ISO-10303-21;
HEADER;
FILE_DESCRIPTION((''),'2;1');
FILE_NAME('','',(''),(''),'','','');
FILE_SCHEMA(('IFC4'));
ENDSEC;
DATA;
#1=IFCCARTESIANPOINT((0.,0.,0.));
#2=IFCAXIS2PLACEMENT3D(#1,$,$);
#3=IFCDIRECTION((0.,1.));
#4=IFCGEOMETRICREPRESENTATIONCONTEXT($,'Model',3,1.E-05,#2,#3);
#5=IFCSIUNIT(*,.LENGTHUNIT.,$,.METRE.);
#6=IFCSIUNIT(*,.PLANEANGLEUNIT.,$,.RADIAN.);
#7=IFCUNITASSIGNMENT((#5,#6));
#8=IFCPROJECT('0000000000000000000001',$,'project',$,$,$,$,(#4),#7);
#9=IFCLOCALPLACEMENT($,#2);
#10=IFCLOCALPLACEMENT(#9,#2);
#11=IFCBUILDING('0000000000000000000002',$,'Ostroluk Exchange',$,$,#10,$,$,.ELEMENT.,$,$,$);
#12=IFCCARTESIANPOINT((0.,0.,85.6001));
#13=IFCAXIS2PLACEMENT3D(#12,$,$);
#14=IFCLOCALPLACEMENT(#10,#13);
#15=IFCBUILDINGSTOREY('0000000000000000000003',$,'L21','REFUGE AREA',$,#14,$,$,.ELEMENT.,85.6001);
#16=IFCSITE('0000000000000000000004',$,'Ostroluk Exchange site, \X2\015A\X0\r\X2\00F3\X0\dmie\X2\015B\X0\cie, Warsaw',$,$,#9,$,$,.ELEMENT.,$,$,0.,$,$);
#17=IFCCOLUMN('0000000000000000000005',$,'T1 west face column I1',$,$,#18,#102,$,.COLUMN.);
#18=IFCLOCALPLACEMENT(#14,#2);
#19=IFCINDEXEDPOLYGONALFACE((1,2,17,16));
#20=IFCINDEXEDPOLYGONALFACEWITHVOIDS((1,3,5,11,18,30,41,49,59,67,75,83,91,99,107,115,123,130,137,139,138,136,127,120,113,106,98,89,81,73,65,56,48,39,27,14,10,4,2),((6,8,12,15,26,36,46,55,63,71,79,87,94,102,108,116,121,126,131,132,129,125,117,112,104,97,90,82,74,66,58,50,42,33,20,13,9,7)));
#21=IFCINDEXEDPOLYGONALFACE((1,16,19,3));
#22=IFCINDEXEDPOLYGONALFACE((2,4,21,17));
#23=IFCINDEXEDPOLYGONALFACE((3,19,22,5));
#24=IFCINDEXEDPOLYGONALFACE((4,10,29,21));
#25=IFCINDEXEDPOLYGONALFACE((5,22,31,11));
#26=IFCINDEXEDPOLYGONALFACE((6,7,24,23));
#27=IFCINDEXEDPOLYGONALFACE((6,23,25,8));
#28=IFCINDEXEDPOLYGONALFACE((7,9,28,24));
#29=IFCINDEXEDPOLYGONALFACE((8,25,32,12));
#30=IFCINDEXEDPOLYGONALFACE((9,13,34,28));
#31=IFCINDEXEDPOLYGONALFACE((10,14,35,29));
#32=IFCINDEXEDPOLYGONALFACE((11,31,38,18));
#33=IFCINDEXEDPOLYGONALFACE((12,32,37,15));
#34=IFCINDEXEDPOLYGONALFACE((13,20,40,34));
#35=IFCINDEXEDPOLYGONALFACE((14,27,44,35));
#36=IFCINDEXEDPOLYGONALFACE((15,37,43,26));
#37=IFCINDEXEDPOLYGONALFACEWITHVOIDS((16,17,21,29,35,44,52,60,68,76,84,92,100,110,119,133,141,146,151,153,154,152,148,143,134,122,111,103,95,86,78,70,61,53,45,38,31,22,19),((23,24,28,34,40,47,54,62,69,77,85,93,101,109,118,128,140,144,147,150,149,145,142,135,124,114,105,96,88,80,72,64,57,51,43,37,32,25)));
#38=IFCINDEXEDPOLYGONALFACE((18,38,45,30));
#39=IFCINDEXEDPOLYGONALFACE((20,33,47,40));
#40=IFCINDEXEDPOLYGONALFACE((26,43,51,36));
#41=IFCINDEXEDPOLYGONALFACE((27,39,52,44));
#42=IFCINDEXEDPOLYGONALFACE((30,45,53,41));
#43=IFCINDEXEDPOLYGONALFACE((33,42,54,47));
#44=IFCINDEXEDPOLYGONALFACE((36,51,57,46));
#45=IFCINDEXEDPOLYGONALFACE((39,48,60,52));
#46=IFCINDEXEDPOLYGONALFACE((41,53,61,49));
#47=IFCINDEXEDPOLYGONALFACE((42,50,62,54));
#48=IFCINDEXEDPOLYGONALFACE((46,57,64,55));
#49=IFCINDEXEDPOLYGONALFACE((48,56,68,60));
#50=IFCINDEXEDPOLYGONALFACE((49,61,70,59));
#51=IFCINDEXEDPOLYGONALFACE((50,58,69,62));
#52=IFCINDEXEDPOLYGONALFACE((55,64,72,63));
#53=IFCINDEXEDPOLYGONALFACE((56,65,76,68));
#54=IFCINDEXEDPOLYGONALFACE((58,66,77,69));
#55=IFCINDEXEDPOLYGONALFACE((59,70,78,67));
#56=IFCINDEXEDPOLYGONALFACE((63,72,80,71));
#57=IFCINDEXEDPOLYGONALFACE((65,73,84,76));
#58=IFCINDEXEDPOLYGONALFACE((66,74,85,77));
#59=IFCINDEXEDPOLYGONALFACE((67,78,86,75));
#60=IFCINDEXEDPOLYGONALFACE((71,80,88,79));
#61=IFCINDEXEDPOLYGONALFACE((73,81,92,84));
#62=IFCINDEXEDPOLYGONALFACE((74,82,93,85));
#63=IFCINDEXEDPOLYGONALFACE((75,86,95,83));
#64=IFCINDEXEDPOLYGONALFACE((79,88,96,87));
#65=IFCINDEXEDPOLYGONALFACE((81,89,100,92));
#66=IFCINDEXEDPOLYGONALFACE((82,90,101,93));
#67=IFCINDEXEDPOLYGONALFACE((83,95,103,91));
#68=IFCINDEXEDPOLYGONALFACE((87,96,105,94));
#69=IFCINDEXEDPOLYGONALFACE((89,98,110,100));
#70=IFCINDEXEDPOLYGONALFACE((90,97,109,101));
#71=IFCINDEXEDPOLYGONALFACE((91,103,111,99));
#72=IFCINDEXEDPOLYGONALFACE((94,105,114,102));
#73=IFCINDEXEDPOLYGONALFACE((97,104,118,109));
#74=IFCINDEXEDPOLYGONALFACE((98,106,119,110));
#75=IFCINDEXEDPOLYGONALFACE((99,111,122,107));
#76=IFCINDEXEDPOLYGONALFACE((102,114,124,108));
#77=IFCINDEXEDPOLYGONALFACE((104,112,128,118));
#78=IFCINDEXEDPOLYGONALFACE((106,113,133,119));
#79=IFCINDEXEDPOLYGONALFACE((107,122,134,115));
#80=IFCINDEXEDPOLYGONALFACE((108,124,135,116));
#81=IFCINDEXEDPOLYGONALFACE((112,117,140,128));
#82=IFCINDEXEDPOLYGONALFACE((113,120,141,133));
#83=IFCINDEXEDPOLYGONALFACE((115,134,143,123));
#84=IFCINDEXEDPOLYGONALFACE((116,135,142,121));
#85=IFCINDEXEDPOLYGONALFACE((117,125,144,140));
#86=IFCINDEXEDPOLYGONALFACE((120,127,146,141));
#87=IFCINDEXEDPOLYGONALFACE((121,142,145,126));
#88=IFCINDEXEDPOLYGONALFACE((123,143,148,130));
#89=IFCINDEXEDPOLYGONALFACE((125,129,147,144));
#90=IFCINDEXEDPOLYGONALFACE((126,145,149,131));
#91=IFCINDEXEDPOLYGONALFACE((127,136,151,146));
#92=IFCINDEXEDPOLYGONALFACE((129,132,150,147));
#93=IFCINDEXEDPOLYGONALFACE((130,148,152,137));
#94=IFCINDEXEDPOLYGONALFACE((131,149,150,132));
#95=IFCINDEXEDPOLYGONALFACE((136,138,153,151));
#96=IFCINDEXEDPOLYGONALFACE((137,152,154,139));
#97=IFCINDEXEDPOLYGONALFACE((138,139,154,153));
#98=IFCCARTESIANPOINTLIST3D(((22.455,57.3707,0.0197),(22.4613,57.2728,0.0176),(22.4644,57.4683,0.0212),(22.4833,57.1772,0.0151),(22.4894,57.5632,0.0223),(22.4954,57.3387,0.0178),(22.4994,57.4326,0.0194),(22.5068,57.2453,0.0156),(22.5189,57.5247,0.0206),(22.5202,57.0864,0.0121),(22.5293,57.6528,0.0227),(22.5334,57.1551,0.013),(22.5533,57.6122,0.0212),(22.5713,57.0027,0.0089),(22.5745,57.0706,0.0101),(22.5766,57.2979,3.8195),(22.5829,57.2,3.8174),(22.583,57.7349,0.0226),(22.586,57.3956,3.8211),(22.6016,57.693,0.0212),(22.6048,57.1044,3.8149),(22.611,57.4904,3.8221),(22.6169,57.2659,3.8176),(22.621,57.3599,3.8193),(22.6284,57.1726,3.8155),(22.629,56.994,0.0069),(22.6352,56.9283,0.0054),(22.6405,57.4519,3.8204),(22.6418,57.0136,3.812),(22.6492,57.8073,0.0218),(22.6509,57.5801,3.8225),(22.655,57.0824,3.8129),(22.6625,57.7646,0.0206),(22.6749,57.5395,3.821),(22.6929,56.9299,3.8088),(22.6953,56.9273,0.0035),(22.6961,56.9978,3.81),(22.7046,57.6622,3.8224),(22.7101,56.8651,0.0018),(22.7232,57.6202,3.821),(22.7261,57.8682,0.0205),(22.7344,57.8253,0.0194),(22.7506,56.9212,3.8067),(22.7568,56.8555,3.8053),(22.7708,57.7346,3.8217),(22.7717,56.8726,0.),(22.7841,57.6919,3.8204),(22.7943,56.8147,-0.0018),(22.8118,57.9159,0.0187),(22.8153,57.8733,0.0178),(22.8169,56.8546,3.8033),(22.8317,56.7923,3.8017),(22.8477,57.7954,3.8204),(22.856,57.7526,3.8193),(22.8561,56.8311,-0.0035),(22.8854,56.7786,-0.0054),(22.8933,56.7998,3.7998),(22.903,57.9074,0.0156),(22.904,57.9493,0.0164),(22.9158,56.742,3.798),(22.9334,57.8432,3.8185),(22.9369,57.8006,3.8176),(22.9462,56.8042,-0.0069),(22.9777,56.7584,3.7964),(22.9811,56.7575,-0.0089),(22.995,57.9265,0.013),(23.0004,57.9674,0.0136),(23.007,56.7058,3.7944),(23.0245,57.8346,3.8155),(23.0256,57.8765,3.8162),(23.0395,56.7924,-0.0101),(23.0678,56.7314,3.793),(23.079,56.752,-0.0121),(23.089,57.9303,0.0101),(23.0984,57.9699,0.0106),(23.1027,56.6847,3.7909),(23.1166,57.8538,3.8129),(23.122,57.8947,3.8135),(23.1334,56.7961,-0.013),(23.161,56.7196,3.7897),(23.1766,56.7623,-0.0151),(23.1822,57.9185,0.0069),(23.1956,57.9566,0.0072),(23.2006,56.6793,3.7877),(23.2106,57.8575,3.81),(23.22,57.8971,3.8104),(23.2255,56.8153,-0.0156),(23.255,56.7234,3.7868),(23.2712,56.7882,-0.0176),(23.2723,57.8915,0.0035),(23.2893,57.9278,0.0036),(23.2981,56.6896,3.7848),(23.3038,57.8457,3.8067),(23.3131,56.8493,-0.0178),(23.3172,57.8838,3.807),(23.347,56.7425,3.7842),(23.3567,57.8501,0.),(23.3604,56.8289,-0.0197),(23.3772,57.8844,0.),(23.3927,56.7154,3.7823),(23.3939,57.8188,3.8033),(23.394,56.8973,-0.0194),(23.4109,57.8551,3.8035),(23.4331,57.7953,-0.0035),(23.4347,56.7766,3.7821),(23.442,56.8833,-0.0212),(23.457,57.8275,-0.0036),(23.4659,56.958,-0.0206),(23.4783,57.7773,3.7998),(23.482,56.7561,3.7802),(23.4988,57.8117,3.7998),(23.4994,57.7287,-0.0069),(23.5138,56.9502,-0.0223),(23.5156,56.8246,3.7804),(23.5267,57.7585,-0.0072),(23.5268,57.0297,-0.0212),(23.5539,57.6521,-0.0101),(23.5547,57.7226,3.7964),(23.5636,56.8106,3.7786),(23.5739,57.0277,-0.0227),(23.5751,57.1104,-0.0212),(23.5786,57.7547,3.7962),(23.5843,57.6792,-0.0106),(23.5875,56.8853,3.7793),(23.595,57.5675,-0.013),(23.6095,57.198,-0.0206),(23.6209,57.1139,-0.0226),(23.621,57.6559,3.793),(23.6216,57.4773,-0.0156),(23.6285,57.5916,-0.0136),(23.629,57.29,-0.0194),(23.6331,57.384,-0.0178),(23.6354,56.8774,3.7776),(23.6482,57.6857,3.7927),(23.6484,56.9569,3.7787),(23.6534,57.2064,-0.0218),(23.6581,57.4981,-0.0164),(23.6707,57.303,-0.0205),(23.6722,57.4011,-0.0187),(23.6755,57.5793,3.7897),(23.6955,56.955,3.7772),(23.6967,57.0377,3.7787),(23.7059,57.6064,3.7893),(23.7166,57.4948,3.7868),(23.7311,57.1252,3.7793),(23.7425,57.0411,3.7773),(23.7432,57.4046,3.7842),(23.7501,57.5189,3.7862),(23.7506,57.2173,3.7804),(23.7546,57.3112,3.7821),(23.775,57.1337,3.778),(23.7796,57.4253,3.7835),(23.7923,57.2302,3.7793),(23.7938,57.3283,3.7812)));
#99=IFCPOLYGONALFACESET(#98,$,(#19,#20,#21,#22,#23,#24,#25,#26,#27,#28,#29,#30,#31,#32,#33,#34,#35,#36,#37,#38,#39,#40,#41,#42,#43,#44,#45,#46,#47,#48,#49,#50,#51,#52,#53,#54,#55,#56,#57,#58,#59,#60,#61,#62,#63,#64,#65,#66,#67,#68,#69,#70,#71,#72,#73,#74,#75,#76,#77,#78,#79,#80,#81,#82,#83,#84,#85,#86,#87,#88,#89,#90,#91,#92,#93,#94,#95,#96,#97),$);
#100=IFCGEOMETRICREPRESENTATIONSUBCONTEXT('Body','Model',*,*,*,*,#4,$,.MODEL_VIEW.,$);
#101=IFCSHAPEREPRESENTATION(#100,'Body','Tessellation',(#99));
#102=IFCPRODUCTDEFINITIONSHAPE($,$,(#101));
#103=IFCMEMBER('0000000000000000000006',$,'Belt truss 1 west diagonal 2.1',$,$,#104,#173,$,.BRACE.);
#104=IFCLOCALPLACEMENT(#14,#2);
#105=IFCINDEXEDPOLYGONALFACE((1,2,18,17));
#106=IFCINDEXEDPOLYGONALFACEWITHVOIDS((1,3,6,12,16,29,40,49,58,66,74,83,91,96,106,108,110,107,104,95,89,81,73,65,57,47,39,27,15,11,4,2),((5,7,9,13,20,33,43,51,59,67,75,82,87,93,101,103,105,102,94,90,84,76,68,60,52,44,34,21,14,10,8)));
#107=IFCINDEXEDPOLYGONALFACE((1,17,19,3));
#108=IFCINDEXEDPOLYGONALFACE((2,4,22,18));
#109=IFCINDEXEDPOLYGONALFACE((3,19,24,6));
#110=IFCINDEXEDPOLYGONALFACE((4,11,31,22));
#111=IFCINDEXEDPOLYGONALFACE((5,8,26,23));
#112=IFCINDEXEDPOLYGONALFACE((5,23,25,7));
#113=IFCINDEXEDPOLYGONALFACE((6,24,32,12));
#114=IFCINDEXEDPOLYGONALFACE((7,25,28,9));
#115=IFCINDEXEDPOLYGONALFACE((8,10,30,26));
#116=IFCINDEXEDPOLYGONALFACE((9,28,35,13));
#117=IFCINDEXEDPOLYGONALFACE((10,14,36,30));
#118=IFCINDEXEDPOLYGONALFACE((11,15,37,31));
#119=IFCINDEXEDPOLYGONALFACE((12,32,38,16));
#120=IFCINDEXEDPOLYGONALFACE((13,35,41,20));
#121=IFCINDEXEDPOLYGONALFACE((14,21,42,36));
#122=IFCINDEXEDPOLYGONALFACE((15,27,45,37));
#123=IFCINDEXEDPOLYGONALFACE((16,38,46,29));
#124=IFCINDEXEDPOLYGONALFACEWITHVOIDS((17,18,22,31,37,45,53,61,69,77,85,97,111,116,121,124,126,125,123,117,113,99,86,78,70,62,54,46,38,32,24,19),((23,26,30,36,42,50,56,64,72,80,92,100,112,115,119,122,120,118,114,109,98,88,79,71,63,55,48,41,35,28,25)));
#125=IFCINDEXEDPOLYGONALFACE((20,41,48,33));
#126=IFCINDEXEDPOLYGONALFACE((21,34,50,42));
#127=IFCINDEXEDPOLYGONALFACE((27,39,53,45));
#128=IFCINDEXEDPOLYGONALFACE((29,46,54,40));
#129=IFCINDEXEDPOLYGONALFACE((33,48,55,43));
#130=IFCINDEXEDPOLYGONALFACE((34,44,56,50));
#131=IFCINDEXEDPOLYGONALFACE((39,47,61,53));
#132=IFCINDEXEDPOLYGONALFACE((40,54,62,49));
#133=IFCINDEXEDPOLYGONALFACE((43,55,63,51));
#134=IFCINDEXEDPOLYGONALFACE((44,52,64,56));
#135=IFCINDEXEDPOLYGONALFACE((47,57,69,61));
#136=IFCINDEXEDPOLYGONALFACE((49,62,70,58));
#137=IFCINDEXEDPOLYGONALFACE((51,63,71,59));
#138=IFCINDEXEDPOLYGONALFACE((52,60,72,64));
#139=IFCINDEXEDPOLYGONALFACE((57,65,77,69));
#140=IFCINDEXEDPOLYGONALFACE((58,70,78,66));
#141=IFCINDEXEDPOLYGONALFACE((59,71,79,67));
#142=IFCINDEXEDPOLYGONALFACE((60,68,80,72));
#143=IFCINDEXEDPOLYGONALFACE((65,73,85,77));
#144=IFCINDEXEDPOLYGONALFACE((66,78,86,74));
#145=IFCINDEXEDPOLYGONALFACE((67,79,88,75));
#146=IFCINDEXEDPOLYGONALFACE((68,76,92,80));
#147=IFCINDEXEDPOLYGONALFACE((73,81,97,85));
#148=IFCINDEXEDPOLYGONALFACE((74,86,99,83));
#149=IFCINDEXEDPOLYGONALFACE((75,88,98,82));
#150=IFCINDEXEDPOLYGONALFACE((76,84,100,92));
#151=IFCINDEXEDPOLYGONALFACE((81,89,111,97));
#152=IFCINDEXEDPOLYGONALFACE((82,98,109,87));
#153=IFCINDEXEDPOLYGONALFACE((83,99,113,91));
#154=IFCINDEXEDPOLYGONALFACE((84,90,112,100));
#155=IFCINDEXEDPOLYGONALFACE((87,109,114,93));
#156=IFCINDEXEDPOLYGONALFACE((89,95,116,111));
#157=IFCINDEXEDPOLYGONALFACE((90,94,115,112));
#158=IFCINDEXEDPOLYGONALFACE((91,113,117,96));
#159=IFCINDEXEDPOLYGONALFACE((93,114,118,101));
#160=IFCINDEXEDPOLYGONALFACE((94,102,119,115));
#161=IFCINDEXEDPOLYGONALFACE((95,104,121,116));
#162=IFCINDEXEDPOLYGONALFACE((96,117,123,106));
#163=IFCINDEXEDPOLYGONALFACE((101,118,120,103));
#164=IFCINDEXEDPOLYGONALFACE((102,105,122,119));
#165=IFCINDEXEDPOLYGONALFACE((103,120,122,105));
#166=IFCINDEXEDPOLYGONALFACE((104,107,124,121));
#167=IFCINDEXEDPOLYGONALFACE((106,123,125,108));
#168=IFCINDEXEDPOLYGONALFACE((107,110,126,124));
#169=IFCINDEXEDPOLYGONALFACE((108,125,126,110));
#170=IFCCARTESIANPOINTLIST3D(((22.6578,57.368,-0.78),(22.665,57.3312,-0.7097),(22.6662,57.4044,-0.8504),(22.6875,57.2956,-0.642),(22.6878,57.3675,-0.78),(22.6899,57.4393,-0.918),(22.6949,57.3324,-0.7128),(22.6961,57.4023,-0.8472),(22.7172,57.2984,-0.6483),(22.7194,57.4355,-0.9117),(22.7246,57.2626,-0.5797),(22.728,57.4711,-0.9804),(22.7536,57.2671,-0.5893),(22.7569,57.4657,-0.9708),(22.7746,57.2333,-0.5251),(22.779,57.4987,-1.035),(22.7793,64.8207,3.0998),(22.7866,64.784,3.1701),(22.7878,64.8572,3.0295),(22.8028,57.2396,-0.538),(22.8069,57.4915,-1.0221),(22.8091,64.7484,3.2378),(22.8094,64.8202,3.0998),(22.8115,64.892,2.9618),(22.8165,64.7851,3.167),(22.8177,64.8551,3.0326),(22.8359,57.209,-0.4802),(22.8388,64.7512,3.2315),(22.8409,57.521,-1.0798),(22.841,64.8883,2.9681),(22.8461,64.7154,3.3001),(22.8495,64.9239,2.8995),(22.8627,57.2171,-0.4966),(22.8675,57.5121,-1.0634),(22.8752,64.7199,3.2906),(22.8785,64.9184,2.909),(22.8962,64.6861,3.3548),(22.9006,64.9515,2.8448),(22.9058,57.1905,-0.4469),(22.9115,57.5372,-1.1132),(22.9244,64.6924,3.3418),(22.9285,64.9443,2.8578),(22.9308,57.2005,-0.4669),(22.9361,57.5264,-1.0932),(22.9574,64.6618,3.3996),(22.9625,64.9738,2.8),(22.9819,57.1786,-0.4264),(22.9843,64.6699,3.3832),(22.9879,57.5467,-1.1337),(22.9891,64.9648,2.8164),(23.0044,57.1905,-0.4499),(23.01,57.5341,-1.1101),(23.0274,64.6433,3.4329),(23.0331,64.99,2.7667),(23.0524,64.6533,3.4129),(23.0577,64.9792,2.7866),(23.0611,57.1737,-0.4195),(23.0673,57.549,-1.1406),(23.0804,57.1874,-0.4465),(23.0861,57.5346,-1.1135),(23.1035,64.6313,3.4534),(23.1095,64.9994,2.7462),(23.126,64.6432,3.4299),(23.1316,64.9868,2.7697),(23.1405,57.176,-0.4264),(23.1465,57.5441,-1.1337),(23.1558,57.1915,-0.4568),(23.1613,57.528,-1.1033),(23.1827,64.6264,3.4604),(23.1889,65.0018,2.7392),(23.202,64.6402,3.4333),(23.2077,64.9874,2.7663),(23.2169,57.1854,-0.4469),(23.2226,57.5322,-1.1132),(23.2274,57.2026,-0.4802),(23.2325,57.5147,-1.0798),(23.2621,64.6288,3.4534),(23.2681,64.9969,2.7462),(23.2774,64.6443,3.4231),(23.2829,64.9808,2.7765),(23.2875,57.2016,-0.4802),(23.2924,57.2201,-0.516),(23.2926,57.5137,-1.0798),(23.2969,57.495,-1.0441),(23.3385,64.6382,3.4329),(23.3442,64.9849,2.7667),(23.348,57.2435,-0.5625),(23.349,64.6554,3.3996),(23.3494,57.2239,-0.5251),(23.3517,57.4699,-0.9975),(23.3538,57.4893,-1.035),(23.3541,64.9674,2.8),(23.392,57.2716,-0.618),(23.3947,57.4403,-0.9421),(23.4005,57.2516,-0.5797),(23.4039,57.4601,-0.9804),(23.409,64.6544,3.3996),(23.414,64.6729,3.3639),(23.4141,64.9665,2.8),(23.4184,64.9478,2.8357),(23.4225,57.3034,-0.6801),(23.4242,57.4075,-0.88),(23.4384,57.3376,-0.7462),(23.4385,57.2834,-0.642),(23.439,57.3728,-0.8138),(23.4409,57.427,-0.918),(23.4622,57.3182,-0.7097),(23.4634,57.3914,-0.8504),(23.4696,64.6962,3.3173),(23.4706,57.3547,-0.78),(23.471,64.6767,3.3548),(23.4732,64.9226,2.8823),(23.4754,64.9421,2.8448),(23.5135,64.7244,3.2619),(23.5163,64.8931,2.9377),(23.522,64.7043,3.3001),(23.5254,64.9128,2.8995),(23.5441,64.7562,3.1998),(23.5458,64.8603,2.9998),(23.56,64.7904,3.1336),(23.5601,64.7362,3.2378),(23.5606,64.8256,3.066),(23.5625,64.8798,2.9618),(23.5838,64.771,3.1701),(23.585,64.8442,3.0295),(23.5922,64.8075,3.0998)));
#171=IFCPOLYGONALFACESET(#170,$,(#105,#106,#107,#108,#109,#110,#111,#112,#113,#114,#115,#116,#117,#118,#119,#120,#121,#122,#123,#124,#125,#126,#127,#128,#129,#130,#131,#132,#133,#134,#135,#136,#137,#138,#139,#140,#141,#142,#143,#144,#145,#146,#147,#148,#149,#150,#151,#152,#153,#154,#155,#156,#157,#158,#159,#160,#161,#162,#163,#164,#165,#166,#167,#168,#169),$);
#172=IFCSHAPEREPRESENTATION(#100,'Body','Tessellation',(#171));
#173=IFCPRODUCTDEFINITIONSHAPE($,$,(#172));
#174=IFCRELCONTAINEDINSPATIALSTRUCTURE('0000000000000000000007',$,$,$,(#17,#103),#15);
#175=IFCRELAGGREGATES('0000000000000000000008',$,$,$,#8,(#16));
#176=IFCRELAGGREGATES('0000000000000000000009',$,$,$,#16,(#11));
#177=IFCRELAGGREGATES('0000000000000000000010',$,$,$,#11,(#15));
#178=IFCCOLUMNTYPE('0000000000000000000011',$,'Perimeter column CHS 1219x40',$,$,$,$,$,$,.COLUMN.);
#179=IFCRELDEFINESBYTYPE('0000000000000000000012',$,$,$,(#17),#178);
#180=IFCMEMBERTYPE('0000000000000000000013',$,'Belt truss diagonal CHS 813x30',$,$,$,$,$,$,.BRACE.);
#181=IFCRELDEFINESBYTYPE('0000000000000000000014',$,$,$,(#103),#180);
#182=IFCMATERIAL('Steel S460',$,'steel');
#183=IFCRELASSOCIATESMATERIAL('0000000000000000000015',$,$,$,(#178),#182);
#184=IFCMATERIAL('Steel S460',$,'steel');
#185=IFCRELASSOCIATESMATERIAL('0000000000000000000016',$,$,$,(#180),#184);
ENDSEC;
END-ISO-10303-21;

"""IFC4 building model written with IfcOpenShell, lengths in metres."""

from ifc_helpers import new_model, si_unit, direction, frame, origin, origin_2d, place, context, subcontext, project, spatial, hollow_circle, extrude, material, material_profile, profile_set, type_object, element, save


model = new_model("IFC4")

# Units and contexts
model_context = context("Model", 3, precision=1e-05, world=origin(), true_north=direction((0.0, 1.0)))
body_context = subcontext(model_context, "Body", "Model", "MODEL_VIEW")
ifc_project = project(units=[si_unit("LENGTHUNIT", "METRE"), si_unit("PLANEANGLEUNIT", "RADIAN")], contexts=[model_context])

# Site, building, storey
site_placement = place(None, origin())
site = spatial("IfcSite", under=ifc_project, at=site_placement, Name="Ostroluk Exchange site, Śródmieście, Warsaw", CompositionType="ELEMENT", RefElevation=0.0)
building_placement = place(site_placement, origin())
building = spatial("IfcBuilding", under=site, at=building_placement, Name="Ostroluk Exchange", CompositionType="ELEMENT")
storey_placement = place(building_placement, frame((0.0, 0.0, 85.6001)))
storey = spatial("IfcBuildingStorey", under=building, at=storey_placement, Name="L21", Description="REFUGE AREA", CompositionType="ELEMENT", Elevation=85.6001)

# Column
ifc_material_1 = material(Name="Steel S460", Category="steel")
ifc_material_profile_1 = material_profile(ifc_material_1, hollow_circle(Radius=0.6096, WallThickness=0.04, at=origin_2d()), Name="CHS 1219x40")
ifc_profile_set_1 = profile_set([ifc_material_profile_1], Name="Steel S460")
column_type = type_object("IfcColumnType", Name="Perimeter column CHS 1219x40", PredefinedType="COLUMN", material=ifc_profile_set_1)
column_placement = place(storey_placement, frame((23.0642, 57.3613, 0.0), z_axis=(0.031975, -0.019133, 0.999306), x_axis=(0.513482, 0.8581, 0.0)))
element("IfcColumn", 1, at=column_placement, inside=storey, type_object=column_type, Name="T1 west face column I1", PredefinedType="COLUMN", context=body_context, shape_type="SweptSolid", body=[
    extrude(hollow_circle(Radius=0.6096, WallThickness=0.04, at=origin_2d()), origin(), (0.0, 0.0, 1.0), 3.8025),
])

# Member
ifc_material_2 = material(Name="Steel S460", Category="steel")
ifc_material_profile_2 = material_profile(ifc_material_2, hollow_circle(Radius=0.4065, WallThickness=0.03, at=origin_2d()), Name="CHS 813x30")
ifc_profile_set_2 = profile_set([ifc_material_profile_2], Name="Steel S460")
member_type_1 = type_object("IfcMemberType", Name="Belt truss diagonal CHS 813x30", PredefinedType="BRACE", material=ifc_profile_set_2)
member_1_placement = place(storey_placement, frame((23.0642, 57.3613, -0.78), z_axis=(0.014469, 0.88691, 0.461715), x_axis=(-0.999867, 0.016311, 0.0)))
element("IfcMember", 2, at=member_1_placement, inside=storey, type_object=member_type_1, Name="Belt truss 1 west diagonal 2.1", PredefinedType="BRACE", context=body_context, shape_type="SweptSolid", body=[
    extrude(hollow_circle(Radius=0.4065, WallThickness=0.03, at=origin_2d()), origin(), (0.0, 0.0, 1.0), 8.4031),
])

save(model, "model.ifc")
